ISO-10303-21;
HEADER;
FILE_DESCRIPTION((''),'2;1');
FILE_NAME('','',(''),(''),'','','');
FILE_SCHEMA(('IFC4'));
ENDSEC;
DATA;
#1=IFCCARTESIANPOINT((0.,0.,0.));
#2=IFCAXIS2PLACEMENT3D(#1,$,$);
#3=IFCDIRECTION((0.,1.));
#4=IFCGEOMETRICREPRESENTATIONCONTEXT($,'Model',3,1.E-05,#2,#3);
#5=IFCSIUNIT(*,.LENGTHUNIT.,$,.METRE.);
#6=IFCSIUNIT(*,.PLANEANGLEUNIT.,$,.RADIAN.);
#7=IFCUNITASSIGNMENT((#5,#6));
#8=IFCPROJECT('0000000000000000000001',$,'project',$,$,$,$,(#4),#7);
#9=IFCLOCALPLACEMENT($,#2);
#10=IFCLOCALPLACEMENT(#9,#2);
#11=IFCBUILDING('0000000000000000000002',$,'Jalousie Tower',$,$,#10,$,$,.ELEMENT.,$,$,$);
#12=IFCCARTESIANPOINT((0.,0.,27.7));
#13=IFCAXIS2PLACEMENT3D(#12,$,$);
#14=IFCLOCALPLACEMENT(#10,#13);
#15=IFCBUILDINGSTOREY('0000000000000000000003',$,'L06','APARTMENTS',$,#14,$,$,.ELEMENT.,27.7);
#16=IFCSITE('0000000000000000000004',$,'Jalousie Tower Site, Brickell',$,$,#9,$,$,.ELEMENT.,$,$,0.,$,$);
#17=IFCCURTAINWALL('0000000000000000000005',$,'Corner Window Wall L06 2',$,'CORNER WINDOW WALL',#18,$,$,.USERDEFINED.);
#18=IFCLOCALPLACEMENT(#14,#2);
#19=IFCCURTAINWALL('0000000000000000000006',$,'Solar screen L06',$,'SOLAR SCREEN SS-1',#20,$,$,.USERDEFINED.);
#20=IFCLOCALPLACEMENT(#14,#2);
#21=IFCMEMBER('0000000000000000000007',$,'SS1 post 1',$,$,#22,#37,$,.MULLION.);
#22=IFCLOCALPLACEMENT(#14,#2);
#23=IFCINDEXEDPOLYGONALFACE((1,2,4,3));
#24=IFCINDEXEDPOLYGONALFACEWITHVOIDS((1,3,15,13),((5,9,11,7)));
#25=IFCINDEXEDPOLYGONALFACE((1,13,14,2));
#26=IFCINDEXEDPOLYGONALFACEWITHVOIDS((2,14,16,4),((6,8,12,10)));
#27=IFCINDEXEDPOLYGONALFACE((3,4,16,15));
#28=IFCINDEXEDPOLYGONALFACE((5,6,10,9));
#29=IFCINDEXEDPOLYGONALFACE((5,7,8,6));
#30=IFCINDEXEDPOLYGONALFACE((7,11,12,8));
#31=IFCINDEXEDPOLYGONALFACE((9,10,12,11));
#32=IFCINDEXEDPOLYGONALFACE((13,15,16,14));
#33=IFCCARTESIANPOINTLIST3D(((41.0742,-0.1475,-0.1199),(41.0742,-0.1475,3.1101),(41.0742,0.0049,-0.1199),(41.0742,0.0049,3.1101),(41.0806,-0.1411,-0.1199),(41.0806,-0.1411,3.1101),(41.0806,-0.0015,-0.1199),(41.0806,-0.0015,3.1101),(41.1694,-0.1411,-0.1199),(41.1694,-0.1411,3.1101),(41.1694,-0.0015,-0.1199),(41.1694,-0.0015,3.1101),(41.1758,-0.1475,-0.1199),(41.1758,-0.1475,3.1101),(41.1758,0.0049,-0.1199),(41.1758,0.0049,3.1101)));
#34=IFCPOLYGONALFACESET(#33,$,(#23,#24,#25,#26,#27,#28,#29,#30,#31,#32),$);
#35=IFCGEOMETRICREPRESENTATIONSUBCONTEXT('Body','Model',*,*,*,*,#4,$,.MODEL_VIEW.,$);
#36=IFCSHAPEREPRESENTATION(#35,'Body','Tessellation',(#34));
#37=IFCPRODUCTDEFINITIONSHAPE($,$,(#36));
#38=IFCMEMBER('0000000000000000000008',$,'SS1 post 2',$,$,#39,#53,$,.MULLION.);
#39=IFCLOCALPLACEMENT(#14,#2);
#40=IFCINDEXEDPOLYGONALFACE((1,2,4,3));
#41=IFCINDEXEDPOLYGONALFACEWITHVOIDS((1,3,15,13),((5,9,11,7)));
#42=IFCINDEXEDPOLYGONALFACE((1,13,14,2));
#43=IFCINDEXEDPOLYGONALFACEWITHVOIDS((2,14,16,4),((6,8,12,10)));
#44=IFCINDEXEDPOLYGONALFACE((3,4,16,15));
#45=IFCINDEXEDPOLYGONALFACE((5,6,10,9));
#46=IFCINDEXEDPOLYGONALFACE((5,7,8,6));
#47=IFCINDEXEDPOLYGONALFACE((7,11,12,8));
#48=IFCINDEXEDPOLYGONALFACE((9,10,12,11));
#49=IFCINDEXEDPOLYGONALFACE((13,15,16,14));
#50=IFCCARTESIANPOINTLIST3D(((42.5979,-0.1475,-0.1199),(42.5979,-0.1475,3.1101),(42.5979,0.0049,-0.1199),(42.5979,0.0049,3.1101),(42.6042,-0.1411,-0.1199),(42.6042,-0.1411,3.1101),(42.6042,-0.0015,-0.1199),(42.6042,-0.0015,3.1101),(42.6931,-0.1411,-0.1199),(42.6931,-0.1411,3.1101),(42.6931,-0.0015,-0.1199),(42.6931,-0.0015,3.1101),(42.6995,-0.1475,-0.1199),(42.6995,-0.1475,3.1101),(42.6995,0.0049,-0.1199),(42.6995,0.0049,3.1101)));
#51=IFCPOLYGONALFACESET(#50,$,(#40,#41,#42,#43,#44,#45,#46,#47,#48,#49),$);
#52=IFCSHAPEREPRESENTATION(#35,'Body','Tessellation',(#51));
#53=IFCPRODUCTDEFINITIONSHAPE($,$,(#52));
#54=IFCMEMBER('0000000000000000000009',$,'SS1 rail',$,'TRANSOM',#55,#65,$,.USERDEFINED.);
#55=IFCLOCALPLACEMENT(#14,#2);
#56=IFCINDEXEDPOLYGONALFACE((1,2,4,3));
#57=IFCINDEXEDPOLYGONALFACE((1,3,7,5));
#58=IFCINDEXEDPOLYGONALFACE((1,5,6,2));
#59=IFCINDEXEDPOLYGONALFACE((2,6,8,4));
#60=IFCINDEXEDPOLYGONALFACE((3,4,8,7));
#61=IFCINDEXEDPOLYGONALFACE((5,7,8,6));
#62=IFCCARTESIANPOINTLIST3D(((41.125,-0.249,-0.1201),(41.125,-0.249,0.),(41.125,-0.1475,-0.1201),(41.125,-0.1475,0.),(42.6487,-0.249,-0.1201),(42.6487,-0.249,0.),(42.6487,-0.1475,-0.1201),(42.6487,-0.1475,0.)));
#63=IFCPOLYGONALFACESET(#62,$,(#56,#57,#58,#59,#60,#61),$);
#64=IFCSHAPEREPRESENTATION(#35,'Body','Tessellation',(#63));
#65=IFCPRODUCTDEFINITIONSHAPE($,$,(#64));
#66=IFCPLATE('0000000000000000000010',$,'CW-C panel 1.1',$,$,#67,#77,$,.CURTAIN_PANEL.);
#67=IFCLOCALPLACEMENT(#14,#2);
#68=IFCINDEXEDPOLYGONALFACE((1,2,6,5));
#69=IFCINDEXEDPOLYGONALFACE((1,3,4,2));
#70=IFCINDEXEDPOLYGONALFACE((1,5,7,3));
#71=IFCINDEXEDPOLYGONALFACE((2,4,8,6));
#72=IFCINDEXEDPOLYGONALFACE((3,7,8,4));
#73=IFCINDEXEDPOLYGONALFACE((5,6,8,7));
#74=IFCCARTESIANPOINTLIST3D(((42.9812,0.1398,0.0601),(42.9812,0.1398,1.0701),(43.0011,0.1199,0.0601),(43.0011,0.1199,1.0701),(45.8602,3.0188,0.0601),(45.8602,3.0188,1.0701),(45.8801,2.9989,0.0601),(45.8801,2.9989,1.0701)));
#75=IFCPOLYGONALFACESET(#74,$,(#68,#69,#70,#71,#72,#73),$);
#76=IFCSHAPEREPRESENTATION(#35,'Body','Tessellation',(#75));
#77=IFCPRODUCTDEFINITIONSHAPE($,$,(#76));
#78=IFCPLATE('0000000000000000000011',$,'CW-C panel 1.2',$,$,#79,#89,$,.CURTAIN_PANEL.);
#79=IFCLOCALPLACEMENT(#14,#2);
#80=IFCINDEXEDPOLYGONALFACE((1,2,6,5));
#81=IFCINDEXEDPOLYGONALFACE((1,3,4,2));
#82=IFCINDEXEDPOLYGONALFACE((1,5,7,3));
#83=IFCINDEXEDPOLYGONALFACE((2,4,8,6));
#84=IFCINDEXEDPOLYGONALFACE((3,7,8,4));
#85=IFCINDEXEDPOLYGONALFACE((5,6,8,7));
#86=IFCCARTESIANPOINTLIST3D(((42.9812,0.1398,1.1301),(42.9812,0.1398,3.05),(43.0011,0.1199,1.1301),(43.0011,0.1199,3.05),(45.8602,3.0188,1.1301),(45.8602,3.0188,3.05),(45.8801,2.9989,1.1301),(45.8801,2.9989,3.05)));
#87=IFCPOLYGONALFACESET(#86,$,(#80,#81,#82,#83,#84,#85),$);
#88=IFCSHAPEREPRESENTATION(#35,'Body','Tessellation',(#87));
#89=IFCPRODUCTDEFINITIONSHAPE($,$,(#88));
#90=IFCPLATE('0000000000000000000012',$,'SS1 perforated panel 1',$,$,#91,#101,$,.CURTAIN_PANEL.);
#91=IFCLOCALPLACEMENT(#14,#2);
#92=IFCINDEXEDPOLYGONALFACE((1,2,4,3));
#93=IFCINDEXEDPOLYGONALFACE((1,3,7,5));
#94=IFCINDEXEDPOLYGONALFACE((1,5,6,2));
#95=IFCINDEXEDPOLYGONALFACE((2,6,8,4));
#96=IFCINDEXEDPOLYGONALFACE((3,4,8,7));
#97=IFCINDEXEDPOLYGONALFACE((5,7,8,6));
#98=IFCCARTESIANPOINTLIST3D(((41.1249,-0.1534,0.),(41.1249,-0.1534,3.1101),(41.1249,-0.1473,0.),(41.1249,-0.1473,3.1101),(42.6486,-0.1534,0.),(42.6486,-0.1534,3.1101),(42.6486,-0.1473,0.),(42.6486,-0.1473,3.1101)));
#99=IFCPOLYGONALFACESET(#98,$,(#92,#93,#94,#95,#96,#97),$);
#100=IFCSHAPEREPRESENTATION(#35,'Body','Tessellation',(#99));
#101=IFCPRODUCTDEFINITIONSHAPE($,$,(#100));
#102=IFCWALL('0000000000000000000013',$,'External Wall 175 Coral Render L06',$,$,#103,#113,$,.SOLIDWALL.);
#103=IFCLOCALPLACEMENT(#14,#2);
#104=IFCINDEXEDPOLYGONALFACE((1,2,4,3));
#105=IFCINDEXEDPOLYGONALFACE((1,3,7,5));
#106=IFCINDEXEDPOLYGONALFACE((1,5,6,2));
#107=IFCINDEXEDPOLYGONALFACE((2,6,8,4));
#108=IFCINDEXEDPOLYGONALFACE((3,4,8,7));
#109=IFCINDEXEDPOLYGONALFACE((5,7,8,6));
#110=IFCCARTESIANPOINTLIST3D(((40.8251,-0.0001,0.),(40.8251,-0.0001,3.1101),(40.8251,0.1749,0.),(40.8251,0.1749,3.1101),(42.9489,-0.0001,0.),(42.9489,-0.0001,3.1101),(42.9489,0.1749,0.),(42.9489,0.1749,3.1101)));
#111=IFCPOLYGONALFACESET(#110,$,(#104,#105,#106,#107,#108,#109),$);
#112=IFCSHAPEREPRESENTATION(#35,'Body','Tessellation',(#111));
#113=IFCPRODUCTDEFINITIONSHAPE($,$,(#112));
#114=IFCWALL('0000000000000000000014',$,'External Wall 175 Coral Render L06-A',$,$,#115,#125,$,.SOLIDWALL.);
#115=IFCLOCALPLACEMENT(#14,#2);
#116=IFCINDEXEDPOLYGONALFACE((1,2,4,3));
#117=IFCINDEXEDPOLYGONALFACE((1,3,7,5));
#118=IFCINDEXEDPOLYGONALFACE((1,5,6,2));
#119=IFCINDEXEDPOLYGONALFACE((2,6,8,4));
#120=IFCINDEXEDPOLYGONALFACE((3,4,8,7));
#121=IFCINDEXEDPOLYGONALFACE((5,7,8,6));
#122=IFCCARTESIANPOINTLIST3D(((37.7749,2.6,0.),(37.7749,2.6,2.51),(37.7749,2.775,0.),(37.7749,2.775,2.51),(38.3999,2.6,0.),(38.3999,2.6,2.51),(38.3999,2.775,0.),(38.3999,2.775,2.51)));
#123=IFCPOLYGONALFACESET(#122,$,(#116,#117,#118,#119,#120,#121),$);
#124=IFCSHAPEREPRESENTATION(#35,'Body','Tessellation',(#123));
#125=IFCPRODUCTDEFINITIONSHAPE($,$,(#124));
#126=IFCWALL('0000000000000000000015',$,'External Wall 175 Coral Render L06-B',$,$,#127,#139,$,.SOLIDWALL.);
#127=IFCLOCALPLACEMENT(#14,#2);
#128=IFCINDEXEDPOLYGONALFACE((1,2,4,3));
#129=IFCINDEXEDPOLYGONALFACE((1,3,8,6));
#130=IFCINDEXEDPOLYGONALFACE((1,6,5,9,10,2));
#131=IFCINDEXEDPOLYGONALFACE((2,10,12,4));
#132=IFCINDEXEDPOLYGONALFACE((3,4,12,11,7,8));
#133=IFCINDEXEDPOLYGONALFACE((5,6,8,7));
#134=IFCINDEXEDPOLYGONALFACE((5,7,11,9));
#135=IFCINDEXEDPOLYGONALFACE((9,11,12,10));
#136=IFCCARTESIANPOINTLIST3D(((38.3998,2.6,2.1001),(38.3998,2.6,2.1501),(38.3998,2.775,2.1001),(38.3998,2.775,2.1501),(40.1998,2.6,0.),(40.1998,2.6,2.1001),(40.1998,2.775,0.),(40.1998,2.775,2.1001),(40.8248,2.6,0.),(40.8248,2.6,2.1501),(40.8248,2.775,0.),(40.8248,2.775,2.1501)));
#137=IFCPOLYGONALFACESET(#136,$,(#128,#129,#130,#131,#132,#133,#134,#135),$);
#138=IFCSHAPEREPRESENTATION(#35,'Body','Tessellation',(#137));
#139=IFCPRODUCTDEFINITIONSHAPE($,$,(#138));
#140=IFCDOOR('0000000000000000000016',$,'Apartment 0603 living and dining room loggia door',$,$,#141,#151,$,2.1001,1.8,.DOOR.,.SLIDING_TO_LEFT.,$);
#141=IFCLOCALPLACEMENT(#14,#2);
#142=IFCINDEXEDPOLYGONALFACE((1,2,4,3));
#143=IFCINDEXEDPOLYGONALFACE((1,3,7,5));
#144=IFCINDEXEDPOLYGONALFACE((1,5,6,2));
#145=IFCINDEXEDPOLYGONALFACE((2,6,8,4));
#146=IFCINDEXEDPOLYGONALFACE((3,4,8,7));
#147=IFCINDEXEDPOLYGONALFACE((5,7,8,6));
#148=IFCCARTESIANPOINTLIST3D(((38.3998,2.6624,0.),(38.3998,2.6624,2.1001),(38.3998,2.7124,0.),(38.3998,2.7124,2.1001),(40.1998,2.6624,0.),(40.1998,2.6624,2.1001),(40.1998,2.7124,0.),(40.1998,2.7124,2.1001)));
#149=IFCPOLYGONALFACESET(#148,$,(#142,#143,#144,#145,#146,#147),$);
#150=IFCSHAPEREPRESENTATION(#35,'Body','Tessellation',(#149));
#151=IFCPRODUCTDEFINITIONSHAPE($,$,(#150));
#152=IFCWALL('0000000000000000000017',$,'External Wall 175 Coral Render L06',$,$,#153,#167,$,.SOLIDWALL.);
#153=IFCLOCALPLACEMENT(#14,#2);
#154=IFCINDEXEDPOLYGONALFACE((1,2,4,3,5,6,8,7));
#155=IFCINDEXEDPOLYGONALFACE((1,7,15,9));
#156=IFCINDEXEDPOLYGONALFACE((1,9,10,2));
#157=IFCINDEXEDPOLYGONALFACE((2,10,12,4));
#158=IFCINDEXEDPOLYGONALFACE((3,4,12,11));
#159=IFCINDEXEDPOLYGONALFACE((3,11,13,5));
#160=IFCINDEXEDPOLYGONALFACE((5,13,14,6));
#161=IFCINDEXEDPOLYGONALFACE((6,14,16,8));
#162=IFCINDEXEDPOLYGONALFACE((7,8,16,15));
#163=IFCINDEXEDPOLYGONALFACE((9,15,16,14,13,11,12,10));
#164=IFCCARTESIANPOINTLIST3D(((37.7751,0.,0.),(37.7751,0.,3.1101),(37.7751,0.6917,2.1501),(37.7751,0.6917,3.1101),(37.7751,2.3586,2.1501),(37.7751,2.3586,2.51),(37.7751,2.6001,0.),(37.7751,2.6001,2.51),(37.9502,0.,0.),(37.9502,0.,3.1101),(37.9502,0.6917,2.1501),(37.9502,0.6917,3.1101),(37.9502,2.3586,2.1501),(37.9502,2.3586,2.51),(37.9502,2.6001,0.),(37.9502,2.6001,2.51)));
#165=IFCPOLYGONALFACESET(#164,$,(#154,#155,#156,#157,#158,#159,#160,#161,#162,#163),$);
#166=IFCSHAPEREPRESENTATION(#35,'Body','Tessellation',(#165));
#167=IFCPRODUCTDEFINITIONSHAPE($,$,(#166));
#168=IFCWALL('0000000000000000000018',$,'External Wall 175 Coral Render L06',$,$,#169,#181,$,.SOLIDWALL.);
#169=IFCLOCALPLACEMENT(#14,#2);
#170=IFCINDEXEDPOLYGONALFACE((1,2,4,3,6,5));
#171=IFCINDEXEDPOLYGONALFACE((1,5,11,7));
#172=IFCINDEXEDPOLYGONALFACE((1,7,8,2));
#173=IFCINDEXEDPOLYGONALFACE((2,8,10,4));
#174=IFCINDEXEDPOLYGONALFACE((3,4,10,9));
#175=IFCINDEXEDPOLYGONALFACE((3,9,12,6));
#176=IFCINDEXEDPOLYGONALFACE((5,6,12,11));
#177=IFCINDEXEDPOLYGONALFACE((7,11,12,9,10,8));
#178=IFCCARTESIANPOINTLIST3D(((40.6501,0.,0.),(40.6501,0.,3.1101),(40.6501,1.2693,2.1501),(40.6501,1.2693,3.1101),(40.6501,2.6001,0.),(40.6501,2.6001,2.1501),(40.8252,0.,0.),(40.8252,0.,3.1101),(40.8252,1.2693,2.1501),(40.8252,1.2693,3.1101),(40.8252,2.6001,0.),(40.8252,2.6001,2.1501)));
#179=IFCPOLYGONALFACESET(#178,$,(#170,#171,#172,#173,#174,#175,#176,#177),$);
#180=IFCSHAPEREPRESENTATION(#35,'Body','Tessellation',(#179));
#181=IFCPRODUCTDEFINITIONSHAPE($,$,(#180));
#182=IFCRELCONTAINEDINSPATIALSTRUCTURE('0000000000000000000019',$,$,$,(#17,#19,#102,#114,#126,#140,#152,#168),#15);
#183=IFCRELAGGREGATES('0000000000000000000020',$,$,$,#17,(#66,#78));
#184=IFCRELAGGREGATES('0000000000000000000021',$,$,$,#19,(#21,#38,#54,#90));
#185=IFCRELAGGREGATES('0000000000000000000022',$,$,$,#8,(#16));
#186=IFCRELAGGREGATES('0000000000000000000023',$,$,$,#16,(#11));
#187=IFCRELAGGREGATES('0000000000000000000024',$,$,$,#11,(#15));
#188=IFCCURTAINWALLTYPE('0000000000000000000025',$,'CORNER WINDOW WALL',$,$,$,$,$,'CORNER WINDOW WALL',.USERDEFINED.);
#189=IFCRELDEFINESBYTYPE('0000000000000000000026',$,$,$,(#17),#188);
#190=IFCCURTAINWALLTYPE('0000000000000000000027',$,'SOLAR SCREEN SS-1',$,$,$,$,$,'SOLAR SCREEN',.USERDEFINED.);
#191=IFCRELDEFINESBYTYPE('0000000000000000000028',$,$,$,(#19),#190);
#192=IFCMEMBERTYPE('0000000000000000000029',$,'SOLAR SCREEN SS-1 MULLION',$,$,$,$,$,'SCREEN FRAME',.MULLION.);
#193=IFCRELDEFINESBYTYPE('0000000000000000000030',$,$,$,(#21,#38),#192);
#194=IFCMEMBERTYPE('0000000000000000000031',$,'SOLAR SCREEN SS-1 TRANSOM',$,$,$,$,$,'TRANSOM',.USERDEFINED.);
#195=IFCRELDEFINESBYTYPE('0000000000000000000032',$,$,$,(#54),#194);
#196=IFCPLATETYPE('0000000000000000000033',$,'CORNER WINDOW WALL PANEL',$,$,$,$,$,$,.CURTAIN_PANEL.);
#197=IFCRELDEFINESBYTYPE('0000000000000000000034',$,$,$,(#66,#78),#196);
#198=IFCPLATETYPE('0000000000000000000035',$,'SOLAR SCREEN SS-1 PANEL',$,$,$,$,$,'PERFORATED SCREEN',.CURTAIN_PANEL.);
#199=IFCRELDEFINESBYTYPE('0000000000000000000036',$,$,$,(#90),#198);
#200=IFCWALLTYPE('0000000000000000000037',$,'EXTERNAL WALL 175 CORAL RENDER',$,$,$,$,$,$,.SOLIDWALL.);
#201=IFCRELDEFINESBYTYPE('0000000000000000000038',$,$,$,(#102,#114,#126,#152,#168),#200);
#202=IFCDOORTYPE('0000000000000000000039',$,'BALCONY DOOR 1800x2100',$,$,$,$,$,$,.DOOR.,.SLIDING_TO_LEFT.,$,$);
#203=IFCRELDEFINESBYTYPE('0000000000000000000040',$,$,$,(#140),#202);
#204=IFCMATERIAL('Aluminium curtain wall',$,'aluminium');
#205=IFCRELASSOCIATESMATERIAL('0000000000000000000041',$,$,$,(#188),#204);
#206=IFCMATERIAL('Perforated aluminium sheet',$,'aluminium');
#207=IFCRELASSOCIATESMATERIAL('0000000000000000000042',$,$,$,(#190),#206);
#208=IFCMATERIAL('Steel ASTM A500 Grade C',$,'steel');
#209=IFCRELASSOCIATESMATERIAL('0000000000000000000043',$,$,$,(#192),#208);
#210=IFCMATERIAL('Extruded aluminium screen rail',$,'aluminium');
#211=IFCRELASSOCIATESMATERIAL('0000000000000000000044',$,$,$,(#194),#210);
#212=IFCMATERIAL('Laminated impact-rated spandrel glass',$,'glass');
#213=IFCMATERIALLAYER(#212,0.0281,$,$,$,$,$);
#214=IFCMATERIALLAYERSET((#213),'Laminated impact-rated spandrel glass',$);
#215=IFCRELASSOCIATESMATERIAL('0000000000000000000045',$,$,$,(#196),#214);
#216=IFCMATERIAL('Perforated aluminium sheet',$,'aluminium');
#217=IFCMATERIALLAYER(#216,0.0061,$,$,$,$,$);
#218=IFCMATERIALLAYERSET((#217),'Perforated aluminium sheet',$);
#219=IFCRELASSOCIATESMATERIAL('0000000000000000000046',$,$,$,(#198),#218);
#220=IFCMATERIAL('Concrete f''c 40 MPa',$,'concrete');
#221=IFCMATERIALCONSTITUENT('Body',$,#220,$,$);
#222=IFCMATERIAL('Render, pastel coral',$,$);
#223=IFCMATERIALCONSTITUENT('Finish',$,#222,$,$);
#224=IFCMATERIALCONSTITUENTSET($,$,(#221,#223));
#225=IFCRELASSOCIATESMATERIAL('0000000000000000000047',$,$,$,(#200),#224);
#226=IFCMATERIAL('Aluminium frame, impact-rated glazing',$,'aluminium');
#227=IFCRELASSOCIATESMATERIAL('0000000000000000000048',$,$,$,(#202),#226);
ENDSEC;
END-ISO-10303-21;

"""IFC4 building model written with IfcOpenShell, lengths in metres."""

from ifc_helpers import new_model, si_unit, direction, frame, frame_2d, origin, origin_2d, place, context, subcontext, project, spatial, polyline, rectangle, hollow_rectangle, outline, extrude, material, layer, layer_set, constituent, constituent_set, material_profile, profile_set, type_object, element, fill, aggregate, save


model = new_model("IFC4")

# Units and contexts
model_context = context("Model", 3, precision=1e-05, world=origin(), true_north=direction((0.0, 1.0)))
body_context = subcontext(model_context, "Body", "Model", "MODEL_VIEW")
ifc_project = project(units=[si_unit("LENGTHUNIT", "METRE"), si_unit("PLANEANGLEUNIT", "RADIAN")], contexts=[model_context])

# Site, building, storey
site_placement = place(None, origin())
site = spatial("IfcSite", under=ifc_project, at=site_placement, Name="Jalousie Tower Site, Brickell", CompositionType="ELEMENT", RefElevation=0.0)
building_placement = place(site_placement, origin())
building = spatial("IfcBuilding", under=site, at=building_placement, Name="Jalousie Tower", CompositionType="ELEMENT")
storey_placement = place(building_placement, frame((0.0, 0.0, 27.7)))
storey = spatial("IfcBuildingStorey", under=building, at=storey_placement, Name="L06", Description="APARTMENTS", CompositionType="ELEMENT", Elevation=27.7)

# Curtain wall
ifc_material_1 = material(Name="Aluminium curtain wall", Category="aluminium")
curtain_wall_type_1 = type_object("IfcCurtainWallType", Name="CORNER WINDOW WALL", ElementType="CORNER WINDOW WALL", PredefinedType="USERDEFINED", material=ifc_material_1)
curtain_wall_1_placement = place(storey_placement, origin())
curtain_wall_1 = element("IfcCurtainWall", 1, at=curtain_wall_1_placement, inside=storey, type_object=curtain_wall_type_1, Name="Corner Window Wall L06 2", ObjectType="CORNER WINDOW WALL", PredefinedType="USERDEFINED")

# Curtain wall, members
ifc_material_2 = material(Name="Perforated aluminium sheet", Category="aluminium")
curtain_wall_type_2 = type_object("IfcCurtainWallType", Name="SOLAR SCREEN SS-1", ElementType="SOLAR SCREEN", PredefinedType="USERDEFINED", material=ifc_material_2)
curtain_wall_2_placement = place(storey_placement, origin())
curtain_wall_2 = element("IfcCurtainWall", 2, at=curtain_wall_2_placement, inside=storey, type_object=curtain_wall_type_2, Name="Solar screen L06", ObjectType="SOLAR SCREEN SS-1", PredefinedType="USERDEFINED")
ifc_material_3 = material(Name="Steel ASTM A500 Grade C", Category="steel")
ifc_material_profile_1 = material_profile(ifc_material_3, hollow_rectangle(XDim=0.1016, YDim=0.1523, WallThickness=0.0063, at=origin_2d()), Name="HSS6X4X1/4")
ifc_profile_set_1 = profile_set([ifc_material_profile_1], Name="Steel ASTM A500 Grade C")
member_type_1 = type_object("IfcMemberType", Name="SOLAR SCREEN SS-1 MULLION", ElementType="SCREEN FRAME", PredefinedType="MULLION", material=ifc_profile_set_1)
member_1_placement = place(storey_placement, frame((41.125, -0.0713, -0.1199), z_axis=(0.0, 0.0, 1.0), x_axis=(1.0, 0.0, 0.0)))
member_1 = element("IfcMember", 3, at=member_1_placement, type_object=member_type_1, Name="SS1 post 1", PredefinedType="MULLION", context=body_context, shape_type="SweptSolid", body=[
    extrude(hollow_rectangle(XDim=0.1016, YDim=0.1523, WallThickness=0.0063, at=origin_2d()), origin(), (0.0, 0.0, 1.0), 3.23),
])
member_2_placement = place(storey_placement, frame((42.6487, -0.0713, -0.1199), z_axis=(0.0, 0.0, 1.0), x_axis=(1.0, 0.0, 0.0)))
member_2 = element("IfcMember", 4, at=member_2_placement, type_object=member_type_1, Name="SS1 post 2", PredefinedType="MULLION", context=body_context, shape_type="SweptSolid", body=[
    extrude(hollow_rectangle(XDim=0.1016, YDim=0.1523, WallThickness=0.0063, at=origin_2d()), origin(), (0.0, 0.0, 1.0), 3.23),
])
ifc_material_4 = material(Name="Extruded aluminium screen rail", Category="aluminium")
ifc_material_profile_2 = material_profile(ifc_material_4, rectangle(XDim=0.1016, YDim=0.1201, at=origin_2d()), Name="RAIL 102x120")
ifc_profile_set_2 = profile_set([ifc_material_profile_2], Name="Extruded aluminium screen rail")
member_type_2 = type_object("IfcMemberType", Name="SOLAR SCREEN SS-1 TRANSOM", ElementType="TRANSOM", PredefinedType="USERDEFINED", material=ifc_profile_set_2)
member_3_placement = place(storey_placement, frame((41.125, -0.1982, -0.0601), z_axis=(1.0, 0.0, 0.0), x_axis=(0.0, 1.0, 0.0)))
member_3 = element("IfcMember", 5, at=member_3_placement, type_object=member_type_2, Name="SS1 rail", ObjectType="TRANSOM", PredefinedType="USERDEFINED", context=body_context, shape_type="SweptSolid", body=[
    extrude(rectangle(XDim=0.1016, YDim=0.1201, at=origin_2d()), origin(), (0.0, 0.0, 1.0), 1.5237),
])

# Plates
ifc_material_5 = material(Name="Laminated impact-rated spandrel glass", Category="glass")
ifc_layer_1 = layer(ifc_material_5, 0.0281)
ifc_layer_set_1 = layer_set([ifc_layer_1], Name="Laminated impact-rated spandrel glass")
plate_type_1 = type_object("IfcPlateType", Name="CORNER WINDOW WALL PANEL", PredefinedType="CURTAIN_PANEL", material=ifc_layer_set_1)
plate_1_placement = place(storey_placement, frame((44.4307, 1.5693, 0.0601), z_axis=(0.0, 0.0, 1.0), x_axis=(0.707107, 0.707107, 0.0)))
plate_1 = element("IfcPlate", 6, at=plate_1_placement, type_object=plate_type_1, Name="CW-C panel 1.1", PredefinedType="CURTAIN_PANEL", context=body_context, shape_type="SweptSolid", body=[
    extrude(rectangle(XDim=4.0715, YDim=0.0281, at=origin_2d()), origin(), (0.0, 0.0, 1.0), 1.01),
])
plate_2_placement = place(storey_placement, frame((44.4307, 1.5693, 1.1301), z_axis=(0.0, 0.0, 1.0), x_axis=(0.707107, 0.707107, 0.0)))
plate_2 = element("IfcPlate", 7, at=plate_2_placement, type_object=plate_type_1, Name="CW-C panel 1.2", PredefinedType="CURTAIN_PANEL", context=body_context, shape_type="SweptSolid", body=[
    extrude(rectangle(XDim=4.0715, YDim=0.0281, at=origin_2d()), origin(), (0.0, 0.0, 1.0), 1.9199),
])
aggregate(curtain_wall_1, [plate_1, plate_2])
ifc_material_6 = material(Name="Perforated aluminium sheet", Category="aluminium")
ifc_layer_2 = layer(ifc_material_6, 0.0061)
ifc_layer_set_2 = layer_set([ifc_layer_2], Name="Perforated aluminium sheet")
plate_type_2 = type_object("IfcPlateType", Name="SOLAR SCREEN SS-1 PANEL", ElementType="PERFORATED SCREEN", PredefinedType="CURTAIN_PANEL", material=ifc_layer_set_2)
plate_3_placement = place(storey_placement, frame((41.8867, -0.1504, 0.0), z_axis=(0.0, 0.0, 1.0), x_axis=(1.0, 0.0, 0.0)))
plate_3 = element("IfcPlate", 8, at=plate_3_placement, type_object=plate_type_2, Name="SS1 perforated panel 1", PredefinedType="CURTAIN_PANEL", context=body_context, shape_type="SweptSolid", body=[
    extrude(rectangle(XDim=1.5237, YDim=0.0061, at=origin_2d()), origin(), (0.0, 0.0, 1.0), 3.1101),
])
aggregate(curtain_wall_2, [member_1, member_2, member_3, plate_3])

# Walls
ifc_material_7 = material(Name="Concrete f'c 40 MPa", Category="concrete")
ifc_constituent_1 = constituent(ifc_material_7, Name="Body")
ifc_material_8 = material(Name="Render, pastel coral")
ifc_constituent_2 = constituent(ifc_material_8, Name="Finish")
ifc_constituent_set = constituent_set(constituents=[ifc_constituent_1, ifc_constituent_2])
wall_type = type_object("IfcWallType", Name="EXTERNAL WALL 175 CORAL RENDER", PredefinedType="SOLIDWALL", material=ifc_constituent_set)
wall_1_placement = place(storey_placement, frame((40.825, 0.0874, 0.0), z_axis=(0.0, 0.0, 1.0), x_axis=(1.0, 0.0, 0.0)))
element("IfcWall", 9, at=wall_1_placement, inside=storey, type_object=wall_type, Name="External Wall 175 Coral Render L06", PredefinedType="SOLIDWALL", context=body_context, shape_type="SweptSolid", body=[
    extrude(rectangle(XDim=2.1238, YDim=0.175, at=frame_2d((1.062, 0.0))), origin(), (0.0, 0.0, 1.0), 3.1101),
])
wall_2_placement = place(storey_placement, frame((37.7749, 2.6875, 0.0), z_axis=(0.0, 0.0, 1.0), x_axis=(1.0, 0.0, 0.0)))
element("IfcWall", 10, at=wall_2_placement, inside=storey, type_object=wall_type, Name="External Wall 175 Coral Render L06-A", PredefinedType="SOLIDWALL", context=body_context, shape_type="SweptSolid", body=[
    extrude(rectangle(XDim=0.625, YDim=0.175, at=frame_2d((0.3125, 0.0))), origin(), (0.0, 0.0, 1.0), 2.51),
])

# Wall, opening, door
wall_3_placement = place(storey_placement, frame((38.3999, 2.6875, 0.0), z_axis=(0.0, 0.0, 1.0), x_axis=(1.0, 0.0, 0.0)))
wall_3 = element("IfcWall", 11, at=wall_3_placement, inside=storey, type_object=wall_type, Name="External Wall 175 Coral Render L06-B", PredefinedType="SOLIDWALL", context=body_context, shape_type="SweptSolid", body=[
    extrude(rectangle(XDim=2.425, YDim=0.175, at=frame_2d((1.2124, 0.0))), origin(), (0.0, 0.0, 1.0), 2.1501),
])
opening_placement = place(wall_3_placement, origin())
opening = element("IfcOpeningElement", 12, at=opening_placement, cuts=wall_3, PredefinedType="OPENING", context=body_context, shape_type="SweptSolid", body=[
    extrude(rectangle(XDim=1.8, YDim=2.1001, at=frame_2d((0.8999, 1.05))), frame((0.0, 0.0974, 0.0), z_axis=(0.0, -1.0, 0.0), x_axis=(1.0, 0.0, 0.0)), (0.0, 0.0, 1.0), 0.1951),
])
ifc_material_9 = material(Name="Aluminium frame, impact-rated glazing", Category="aluminium")
door_type = type_object("IfcDoorType", Name="BALCONY DOOR 1800x2100", OperationType="SLIDING_TO_LEFT", PredefinedType="DOOR", material=ifc_material_9)
door_placement = place(opening_placement, origin())
door = element("IfcDoor", 13, at=door_placement, inside=storey, type_object=door_type, Name="Apartment 0603 living and dining room loggia door", OperationType="SLIDING_TO_LEFT", OverallHeight=2.1001, OverallWidth=1.8, PredefinedType="DOOR", context=body_context, shape_type="SweptSolid", body=[
    extrude(rectangle(XDim=1.8, YDim=2.1001, at=frame_2d((0.8999, 1.05))), frame((0.0, 0.0249, 0.0), z_axis=(0.0, -1.0, 0.0), x_axis=(1.0, 0.0, 0.0)), (0.0, 0.0, 1.0), 0.05),
])
fill(opening, door)

# Walls
wall_4_placement = place(storey_placement, frame((37.8625, 0.0, 0.0), z_axis=(0.0, 0.0, 1.0), x_axis=(0.0, 1.0, 0.0)))
element("IfcWall", 14, at=wall_4_placement, inside=storey, type_object=wall_type, Name="External Wall 175 Coral Render L06", PredefinedType="SOLIDWALL", context=body_context, shape_type="SweptSolid", body=[
    extrude(outline(polyline([(0.0, 0.0), (2.6001, 0.0), (2.6001, 2.51), (2.3586, 2.51), (2.3586, 2.1501), (0.6917, 2.1501), (0.6917, 3.1101), (0.0, 3.1101), (0.0, 0.0)])), frame((0.0, 0.0874, 0.0), z_axis=(0.0, -1.0, 0.0), x_axis=(1.0, 0.0, 0.0)), (0.0, 0.0, 1.0), 0.175),
])
wall_5_placement = place(storey_placement, frame((40.7375, 0.0, 0.0), z_axis=(0.0, 0.0, 1.0), x_axis=(0.0, 1.0, 0.0)))
element("IfcWall", 15, at=wall_5_placement, inside=storey, type_object=wall_type, Name="External Wall 175 Coral Render L06", PredefinedType="SOLIDWALL", context=body_context, shape_type="SweptSolid", body=[
    extrude(outline(polyline([(0.0, 0.0), (2.6001, 0.0), (2.6001, 2.1501), (1.2693, 2.1501), (1.2693, 3.1101), (0.0, 3.1101), (0.0, 0.0)])), frame((0.0, 0.0874, 0.0), z_axis=(0.0, -1.0, 0.0), x_axis=(1.0, 0.0, 0.0)), (0.0, 0.0, 1.0), 0.175),
])

save(model, "model.ifc")
